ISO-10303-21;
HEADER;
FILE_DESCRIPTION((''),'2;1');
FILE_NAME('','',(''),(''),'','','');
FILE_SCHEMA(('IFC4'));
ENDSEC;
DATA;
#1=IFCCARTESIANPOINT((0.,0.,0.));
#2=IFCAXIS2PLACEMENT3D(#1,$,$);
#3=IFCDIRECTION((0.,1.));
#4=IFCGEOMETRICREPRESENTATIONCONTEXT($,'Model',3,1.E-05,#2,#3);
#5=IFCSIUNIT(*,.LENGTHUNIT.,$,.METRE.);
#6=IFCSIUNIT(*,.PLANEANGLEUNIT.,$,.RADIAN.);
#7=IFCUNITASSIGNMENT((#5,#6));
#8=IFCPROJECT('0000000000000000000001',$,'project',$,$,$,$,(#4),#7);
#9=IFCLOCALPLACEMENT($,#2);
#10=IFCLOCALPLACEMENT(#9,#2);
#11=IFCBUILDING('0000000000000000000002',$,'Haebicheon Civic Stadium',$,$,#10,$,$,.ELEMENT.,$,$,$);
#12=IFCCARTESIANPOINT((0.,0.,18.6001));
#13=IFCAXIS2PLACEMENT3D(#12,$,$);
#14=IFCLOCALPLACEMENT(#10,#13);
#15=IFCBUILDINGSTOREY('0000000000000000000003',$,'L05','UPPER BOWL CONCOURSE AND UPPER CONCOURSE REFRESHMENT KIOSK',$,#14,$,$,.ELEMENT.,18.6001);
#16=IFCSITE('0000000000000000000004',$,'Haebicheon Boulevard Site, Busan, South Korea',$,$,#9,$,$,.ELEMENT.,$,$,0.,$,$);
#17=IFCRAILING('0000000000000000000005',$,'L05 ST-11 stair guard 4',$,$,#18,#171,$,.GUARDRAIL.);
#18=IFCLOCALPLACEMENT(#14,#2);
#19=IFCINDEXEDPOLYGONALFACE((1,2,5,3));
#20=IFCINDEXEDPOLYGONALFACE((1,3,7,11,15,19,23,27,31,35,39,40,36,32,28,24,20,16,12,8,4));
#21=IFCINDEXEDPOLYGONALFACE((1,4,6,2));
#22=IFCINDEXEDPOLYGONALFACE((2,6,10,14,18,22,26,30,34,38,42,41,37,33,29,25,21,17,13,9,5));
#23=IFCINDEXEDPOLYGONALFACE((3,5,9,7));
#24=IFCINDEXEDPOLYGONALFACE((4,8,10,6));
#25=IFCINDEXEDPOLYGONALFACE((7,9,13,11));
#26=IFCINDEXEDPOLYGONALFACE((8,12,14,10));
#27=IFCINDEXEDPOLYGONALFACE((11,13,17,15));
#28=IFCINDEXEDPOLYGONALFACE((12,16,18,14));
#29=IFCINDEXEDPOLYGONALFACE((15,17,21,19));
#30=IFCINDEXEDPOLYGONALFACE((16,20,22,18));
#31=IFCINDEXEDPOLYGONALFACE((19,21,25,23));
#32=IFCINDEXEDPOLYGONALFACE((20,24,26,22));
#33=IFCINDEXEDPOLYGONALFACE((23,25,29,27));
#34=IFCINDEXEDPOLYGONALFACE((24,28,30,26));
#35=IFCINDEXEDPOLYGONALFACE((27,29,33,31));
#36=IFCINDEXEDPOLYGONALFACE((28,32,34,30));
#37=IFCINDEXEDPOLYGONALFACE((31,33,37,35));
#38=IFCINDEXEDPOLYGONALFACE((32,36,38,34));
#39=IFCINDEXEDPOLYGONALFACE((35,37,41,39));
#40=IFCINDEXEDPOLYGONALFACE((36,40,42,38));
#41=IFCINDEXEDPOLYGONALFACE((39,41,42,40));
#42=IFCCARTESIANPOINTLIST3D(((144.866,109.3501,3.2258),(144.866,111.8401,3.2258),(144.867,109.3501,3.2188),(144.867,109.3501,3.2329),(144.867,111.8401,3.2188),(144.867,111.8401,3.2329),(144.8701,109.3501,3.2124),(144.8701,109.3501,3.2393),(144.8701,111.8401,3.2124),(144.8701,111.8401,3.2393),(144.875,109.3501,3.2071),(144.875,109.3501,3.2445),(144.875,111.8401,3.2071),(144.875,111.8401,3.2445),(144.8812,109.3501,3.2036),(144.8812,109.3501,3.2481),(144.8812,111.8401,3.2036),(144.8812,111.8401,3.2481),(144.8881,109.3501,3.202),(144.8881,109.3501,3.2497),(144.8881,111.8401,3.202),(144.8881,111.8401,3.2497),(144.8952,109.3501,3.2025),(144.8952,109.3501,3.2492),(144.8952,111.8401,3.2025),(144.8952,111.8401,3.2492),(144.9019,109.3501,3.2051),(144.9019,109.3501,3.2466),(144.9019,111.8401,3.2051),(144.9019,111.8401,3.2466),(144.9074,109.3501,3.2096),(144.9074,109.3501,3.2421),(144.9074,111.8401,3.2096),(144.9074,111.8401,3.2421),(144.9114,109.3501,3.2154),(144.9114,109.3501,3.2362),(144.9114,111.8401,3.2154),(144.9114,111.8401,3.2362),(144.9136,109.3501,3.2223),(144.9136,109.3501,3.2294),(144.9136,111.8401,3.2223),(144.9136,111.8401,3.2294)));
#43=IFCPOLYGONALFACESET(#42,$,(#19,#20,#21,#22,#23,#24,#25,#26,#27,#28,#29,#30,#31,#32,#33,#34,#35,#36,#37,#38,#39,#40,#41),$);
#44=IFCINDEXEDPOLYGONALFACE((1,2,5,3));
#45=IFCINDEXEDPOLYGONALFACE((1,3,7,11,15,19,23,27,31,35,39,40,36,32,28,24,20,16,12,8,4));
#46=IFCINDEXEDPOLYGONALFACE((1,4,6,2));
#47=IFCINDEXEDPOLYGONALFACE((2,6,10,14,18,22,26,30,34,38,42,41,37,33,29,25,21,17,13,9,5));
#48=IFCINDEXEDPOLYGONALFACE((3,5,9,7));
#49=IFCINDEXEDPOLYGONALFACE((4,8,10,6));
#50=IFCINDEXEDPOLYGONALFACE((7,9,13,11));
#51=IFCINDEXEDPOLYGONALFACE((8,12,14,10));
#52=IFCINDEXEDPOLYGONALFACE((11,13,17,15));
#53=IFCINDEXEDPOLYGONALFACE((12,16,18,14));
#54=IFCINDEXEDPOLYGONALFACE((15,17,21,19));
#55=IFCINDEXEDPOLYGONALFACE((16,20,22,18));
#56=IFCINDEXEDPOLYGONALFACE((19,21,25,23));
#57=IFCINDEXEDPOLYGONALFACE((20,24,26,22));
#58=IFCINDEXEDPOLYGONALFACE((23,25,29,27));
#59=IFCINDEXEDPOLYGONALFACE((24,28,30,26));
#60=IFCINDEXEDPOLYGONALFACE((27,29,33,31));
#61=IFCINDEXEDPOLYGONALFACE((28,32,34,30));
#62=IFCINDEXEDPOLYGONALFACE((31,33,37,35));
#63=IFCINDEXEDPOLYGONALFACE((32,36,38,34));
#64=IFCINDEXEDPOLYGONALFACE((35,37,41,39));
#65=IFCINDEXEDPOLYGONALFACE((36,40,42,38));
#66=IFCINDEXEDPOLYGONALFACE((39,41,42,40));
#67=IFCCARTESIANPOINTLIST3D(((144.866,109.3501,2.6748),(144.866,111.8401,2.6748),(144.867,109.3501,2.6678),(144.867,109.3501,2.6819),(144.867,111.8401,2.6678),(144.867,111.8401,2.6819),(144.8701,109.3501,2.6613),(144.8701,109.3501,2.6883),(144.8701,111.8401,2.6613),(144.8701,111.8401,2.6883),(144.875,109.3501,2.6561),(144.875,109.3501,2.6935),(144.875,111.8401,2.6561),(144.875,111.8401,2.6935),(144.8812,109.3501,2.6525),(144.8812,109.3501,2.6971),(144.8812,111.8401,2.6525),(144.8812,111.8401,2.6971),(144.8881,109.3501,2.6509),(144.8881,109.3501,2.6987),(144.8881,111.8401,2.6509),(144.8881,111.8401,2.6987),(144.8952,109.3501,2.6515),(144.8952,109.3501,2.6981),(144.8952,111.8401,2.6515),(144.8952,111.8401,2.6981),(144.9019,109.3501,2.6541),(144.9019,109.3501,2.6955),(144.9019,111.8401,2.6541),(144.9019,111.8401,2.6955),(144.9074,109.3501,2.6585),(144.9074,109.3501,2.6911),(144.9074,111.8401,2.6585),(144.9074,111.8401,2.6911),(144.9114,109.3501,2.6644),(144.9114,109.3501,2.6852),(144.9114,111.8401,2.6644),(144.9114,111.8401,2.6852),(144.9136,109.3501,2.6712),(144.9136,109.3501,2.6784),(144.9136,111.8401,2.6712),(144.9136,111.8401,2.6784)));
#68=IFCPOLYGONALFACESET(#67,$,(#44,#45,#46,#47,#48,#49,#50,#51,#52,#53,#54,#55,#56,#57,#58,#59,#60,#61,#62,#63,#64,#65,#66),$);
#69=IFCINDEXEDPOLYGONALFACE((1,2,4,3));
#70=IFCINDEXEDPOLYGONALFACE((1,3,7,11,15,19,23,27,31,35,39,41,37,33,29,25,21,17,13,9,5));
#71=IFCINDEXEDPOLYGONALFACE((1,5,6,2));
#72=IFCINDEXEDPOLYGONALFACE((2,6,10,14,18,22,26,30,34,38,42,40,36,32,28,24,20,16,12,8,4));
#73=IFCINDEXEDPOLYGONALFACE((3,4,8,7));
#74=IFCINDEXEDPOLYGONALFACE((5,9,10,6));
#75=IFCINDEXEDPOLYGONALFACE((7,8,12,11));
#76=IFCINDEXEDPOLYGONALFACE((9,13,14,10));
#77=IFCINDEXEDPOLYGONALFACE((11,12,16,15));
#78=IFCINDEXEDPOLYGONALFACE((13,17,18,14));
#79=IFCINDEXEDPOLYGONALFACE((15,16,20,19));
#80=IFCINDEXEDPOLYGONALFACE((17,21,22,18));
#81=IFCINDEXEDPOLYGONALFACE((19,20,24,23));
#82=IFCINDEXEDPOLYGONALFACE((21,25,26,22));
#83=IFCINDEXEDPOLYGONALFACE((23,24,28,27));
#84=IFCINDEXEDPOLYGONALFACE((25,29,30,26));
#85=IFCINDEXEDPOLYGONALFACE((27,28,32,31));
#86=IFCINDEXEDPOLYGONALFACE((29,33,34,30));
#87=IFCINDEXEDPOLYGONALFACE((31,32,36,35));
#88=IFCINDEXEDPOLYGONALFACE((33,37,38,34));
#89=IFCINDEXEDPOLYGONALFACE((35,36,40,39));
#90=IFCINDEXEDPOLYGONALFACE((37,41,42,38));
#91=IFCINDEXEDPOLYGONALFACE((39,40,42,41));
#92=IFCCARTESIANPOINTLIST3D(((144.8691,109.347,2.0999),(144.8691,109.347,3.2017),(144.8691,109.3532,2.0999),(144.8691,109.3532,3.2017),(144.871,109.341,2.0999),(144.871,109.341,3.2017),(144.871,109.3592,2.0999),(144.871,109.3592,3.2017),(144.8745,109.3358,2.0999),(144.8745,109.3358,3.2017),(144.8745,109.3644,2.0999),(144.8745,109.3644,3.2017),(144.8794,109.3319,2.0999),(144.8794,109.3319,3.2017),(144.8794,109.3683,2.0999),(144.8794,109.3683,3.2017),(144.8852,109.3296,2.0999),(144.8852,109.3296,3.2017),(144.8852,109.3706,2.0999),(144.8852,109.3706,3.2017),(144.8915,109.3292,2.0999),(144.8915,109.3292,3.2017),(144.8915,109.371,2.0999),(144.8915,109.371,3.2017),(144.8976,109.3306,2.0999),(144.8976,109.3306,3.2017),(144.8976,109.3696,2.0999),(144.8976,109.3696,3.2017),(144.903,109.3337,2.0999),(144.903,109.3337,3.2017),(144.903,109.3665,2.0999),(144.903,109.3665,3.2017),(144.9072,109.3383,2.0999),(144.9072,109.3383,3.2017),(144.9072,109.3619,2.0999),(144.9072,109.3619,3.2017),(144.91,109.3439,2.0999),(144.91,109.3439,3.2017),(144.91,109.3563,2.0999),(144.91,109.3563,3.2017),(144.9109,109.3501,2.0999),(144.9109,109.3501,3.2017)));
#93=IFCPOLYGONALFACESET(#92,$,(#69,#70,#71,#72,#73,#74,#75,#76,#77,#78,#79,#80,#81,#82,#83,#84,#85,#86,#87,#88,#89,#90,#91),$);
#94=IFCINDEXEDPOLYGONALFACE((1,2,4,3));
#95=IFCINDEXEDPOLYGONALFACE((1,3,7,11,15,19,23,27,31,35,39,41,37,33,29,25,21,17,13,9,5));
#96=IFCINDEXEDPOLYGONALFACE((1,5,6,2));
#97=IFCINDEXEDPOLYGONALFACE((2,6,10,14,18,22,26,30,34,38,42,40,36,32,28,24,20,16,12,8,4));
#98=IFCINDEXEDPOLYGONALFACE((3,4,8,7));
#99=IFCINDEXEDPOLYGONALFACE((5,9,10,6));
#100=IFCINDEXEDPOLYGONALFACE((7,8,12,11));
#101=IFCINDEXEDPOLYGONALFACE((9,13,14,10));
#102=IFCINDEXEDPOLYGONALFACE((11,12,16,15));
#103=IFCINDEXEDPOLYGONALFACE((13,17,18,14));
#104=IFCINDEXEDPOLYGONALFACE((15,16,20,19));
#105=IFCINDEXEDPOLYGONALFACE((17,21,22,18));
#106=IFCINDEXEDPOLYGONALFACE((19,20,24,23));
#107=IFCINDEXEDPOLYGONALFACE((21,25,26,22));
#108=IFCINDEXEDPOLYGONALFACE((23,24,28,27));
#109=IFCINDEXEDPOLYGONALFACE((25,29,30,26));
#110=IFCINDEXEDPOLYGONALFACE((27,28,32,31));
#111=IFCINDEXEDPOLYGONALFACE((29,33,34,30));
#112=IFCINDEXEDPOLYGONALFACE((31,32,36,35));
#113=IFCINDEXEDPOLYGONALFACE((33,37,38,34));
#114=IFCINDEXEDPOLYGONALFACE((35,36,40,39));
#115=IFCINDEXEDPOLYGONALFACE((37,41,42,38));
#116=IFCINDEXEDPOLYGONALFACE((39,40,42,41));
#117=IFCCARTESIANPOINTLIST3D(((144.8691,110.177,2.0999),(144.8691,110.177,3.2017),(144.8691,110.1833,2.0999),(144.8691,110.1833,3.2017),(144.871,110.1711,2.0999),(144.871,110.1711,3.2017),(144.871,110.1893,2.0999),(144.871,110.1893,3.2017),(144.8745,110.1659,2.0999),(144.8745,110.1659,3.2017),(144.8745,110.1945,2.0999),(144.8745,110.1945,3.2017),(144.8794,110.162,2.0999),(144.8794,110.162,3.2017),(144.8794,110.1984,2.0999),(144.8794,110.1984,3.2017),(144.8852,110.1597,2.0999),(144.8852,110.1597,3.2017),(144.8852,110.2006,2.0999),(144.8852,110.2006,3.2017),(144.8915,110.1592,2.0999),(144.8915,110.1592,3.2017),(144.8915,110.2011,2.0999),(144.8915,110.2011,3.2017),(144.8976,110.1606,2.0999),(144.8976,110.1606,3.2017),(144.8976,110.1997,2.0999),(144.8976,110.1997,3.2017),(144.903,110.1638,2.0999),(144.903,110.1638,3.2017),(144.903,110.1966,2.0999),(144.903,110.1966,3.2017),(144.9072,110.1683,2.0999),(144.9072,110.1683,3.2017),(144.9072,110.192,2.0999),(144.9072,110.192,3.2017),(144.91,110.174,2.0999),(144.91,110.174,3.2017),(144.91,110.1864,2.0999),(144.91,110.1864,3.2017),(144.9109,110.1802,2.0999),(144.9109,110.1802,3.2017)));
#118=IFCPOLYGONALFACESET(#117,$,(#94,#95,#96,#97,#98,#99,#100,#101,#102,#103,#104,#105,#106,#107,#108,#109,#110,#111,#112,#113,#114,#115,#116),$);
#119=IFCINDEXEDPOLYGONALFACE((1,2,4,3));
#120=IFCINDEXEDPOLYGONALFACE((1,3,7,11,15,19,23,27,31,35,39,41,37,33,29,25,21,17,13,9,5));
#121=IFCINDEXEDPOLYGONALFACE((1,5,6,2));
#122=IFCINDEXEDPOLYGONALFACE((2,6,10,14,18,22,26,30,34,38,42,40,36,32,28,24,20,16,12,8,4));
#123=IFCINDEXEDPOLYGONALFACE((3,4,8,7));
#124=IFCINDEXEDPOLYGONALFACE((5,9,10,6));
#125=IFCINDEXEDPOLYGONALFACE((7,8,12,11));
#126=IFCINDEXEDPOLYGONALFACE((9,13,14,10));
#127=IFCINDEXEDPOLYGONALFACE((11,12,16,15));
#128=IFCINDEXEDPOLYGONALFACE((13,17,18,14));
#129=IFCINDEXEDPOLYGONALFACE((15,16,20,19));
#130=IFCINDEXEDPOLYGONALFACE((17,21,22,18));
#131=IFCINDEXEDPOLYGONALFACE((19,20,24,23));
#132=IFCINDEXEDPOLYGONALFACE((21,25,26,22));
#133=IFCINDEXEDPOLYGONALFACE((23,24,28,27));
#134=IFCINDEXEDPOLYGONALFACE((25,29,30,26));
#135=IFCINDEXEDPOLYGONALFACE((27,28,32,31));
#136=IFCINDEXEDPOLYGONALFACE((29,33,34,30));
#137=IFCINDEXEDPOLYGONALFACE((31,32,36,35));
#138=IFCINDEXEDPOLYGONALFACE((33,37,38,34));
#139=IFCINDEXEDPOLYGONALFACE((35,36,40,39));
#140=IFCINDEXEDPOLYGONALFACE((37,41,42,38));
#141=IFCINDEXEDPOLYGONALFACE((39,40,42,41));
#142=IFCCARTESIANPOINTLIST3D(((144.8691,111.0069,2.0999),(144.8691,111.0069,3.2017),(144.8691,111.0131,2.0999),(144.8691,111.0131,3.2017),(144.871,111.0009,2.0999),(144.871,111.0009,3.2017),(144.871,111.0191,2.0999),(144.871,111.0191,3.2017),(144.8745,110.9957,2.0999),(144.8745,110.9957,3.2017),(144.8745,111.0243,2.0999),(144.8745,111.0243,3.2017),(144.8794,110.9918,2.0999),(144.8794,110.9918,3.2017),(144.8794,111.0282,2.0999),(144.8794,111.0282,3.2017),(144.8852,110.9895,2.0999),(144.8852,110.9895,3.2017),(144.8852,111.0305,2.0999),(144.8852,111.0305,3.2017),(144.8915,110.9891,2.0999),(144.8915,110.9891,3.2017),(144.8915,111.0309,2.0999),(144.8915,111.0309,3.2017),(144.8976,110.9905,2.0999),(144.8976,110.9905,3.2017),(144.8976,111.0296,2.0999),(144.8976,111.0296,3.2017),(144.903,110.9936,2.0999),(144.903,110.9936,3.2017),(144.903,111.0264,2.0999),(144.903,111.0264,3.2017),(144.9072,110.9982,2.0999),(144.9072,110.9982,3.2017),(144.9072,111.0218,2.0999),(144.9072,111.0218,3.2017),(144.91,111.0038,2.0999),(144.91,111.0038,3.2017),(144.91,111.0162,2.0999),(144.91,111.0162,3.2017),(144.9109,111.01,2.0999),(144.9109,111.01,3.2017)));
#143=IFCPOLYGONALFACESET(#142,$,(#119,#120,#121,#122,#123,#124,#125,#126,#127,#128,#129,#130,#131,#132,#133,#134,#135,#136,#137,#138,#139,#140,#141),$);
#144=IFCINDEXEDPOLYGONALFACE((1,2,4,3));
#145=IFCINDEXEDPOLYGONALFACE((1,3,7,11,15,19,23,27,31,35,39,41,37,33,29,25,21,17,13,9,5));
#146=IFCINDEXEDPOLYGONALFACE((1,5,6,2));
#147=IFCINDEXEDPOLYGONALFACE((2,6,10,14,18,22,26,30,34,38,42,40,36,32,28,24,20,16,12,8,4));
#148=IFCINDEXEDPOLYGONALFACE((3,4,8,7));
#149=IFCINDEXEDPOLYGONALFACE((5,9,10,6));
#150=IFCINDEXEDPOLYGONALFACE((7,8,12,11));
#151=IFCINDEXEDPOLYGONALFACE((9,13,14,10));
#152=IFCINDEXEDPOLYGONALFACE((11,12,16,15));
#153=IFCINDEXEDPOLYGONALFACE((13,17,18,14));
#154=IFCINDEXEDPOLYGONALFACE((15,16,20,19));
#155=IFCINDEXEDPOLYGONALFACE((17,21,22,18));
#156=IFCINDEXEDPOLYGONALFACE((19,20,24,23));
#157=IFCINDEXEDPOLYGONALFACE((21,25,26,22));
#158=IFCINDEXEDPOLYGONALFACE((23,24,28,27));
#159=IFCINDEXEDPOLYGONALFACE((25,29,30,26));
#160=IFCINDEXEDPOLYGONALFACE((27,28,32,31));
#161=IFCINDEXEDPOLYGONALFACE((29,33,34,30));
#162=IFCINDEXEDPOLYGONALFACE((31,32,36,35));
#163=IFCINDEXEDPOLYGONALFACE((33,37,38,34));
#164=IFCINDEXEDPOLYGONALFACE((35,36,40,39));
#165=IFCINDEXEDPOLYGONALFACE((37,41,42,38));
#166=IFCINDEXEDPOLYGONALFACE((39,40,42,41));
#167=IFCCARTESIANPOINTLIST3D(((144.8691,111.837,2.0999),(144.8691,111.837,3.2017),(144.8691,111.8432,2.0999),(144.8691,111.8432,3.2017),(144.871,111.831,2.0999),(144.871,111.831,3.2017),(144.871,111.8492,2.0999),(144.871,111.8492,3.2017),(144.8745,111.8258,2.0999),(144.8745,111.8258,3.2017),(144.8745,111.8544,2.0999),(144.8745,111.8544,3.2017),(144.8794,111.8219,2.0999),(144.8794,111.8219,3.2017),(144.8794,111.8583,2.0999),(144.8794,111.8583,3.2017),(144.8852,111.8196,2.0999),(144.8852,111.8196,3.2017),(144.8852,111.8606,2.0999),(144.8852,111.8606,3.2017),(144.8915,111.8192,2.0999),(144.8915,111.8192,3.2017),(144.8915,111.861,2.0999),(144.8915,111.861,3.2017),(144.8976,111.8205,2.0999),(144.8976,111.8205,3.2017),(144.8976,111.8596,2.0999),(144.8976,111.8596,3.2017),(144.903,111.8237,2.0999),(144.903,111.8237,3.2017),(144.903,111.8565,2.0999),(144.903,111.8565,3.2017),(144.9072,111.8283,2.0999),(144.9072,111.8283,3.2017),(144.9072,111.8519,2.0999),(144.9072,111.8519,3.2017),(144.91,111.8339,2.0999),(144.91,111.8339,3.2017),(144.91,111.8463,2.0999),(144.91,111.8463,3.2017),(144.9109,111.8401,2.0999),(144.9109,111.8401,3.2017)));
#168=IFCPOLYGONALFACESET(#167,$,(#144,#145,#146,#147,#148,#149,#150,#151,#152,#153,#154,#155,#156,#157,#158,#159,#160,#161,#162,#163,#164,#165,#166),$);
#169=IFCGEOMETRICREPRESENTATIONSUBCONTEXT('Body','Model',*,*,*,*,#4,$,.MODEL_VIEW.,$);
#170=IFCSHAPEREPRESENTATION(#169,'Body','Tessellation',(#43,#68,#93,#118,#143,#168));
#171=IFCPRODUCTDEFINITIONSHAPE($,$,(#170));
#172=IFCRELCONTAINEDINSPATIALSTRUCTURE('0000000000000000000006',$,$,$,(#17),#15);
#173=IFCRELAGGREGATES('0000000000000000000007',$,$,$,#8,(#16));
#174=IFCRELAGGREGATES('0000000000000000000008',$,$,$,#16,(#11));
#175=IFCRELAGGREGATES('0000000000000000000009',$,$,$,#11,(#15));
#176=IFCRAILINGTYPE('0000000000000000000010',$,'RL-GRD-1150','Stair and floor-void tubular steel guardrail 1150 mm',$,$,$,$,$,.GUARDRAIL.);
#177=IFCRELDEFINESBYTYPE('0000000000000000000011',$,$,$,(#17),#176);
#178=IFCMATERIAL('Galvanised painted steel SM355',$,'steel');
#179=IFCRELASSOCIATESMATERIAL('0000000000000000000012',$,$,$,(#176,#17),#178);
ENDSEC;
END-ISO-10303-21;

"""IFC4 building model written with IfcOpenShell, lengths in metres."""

from ifc_helpers import new_model, si_unit, direction, frame, origin, origin_2d, place, context, subcontext, project, spatial, circle, extrude, material, type_object, element, save


model = new_model("IFC4")

# Units and contexts
model_context = context("Model", 3, precision=1e-05, world=origin(), true_north=direction((0.0, 1.0)))
body_context = subcontext(model_context, "Body", "Model", "MODEL_VIEW")
ifc_project = project(units=[si_unit("LENGTHUNIT", "METRE"), si_unit("PLANEANGLEUNIT", "RADIAN")], contexts=[model_context])

# Site, building, storey
site_placement = place(None, origin())
site = spatial("IfcSite", under=ifc_project, at=site_placement, Name="Haebicheon Boulevard Site, Busan, South Korea", CompositionType="ELEMENT", RefElevation=0.0)
building_placement = place(site_placement, origin())
building = spatial("IfcBuilding", under=site, at=building_placement, Name="Haebicheon Civic Stadium", CompositionType="ELEMENT")
storey_placement = place(building_placement, frame((0.0, 0.0, 18.6001)))
storey = spatial("IfcBuildingStorey", under=building, at=storey_placement, Name="L05", Description="UPPER BOWL CONCOURSE AND UPPER CONCOURSE REFRESHMENT KIOSK", CompositionType="ELEMENT", Elevation=18.6001)

# Railing
ifc_material_1 = material(Name="Galvanised painted steel SM355", Category="steel")
railing_type_1 = type_object("IfcRailingType", Name="RL-GRD-1150", Description="Stair and floor-void tubular steel guardrail 1150 mm", PredefinedType="GUARDRAIL", material=ifc_material_1)
for number, where, name in (
    (1, (144.8899, 109.3501, 2.0999), "L05 ST-11 stair guard 4"),
):
    element("IfcRailing", number, at=place(storey_placement, frame(where)), inside=storey, type_object=railing_type_1, material=ifc_material_1, Name=name, PredefinedType="GUARDRAIL", context=body_context, shape_type="SweptSolid", body=[
        extrude(circle(Radius=0.0239, at=origin_2d()), frame((0.0, 0.0, 1.126), z_axis=(0.0, 1.0, 0.0), x_axis=(-1.0, 0.0, 0.0)), (0.0, 0.0, 1.0), 2.49),
        extrude(circle(Radius=0.0239, at=origin_2d()), frame((0.0, 0.0, 0.575), z_axis=(0.0, 1.0, 0.0), x_axis=(-1.0, 0.0, 0.0)), (0.0, 0.0, 1.0), 2.49),
        extrude(circle(Radius=0.021, at=origin_2d()), origin(), (0.0, 0.0, 1.0), 1.1018),
        extrude(circle(Radius=0.021, at=origin_2d()), frame((0.0, 0.8301, 0.0)), (0.0, 0.0, 1.0), 1.1018),
        extrude(circle(Radius=0.021, at=origin_2d()), frame((0.0, 1.6599, 0.0)), (0.0, 0.0, 1.0), 1.1018),
        extrude(circle(Radius=0.021, at=origin_2d()), frame((0.0, 2.49, 0.0)), (0.0, 0.0, 1.0), 1.1018),
    ])

save(model, "model.ifc")
